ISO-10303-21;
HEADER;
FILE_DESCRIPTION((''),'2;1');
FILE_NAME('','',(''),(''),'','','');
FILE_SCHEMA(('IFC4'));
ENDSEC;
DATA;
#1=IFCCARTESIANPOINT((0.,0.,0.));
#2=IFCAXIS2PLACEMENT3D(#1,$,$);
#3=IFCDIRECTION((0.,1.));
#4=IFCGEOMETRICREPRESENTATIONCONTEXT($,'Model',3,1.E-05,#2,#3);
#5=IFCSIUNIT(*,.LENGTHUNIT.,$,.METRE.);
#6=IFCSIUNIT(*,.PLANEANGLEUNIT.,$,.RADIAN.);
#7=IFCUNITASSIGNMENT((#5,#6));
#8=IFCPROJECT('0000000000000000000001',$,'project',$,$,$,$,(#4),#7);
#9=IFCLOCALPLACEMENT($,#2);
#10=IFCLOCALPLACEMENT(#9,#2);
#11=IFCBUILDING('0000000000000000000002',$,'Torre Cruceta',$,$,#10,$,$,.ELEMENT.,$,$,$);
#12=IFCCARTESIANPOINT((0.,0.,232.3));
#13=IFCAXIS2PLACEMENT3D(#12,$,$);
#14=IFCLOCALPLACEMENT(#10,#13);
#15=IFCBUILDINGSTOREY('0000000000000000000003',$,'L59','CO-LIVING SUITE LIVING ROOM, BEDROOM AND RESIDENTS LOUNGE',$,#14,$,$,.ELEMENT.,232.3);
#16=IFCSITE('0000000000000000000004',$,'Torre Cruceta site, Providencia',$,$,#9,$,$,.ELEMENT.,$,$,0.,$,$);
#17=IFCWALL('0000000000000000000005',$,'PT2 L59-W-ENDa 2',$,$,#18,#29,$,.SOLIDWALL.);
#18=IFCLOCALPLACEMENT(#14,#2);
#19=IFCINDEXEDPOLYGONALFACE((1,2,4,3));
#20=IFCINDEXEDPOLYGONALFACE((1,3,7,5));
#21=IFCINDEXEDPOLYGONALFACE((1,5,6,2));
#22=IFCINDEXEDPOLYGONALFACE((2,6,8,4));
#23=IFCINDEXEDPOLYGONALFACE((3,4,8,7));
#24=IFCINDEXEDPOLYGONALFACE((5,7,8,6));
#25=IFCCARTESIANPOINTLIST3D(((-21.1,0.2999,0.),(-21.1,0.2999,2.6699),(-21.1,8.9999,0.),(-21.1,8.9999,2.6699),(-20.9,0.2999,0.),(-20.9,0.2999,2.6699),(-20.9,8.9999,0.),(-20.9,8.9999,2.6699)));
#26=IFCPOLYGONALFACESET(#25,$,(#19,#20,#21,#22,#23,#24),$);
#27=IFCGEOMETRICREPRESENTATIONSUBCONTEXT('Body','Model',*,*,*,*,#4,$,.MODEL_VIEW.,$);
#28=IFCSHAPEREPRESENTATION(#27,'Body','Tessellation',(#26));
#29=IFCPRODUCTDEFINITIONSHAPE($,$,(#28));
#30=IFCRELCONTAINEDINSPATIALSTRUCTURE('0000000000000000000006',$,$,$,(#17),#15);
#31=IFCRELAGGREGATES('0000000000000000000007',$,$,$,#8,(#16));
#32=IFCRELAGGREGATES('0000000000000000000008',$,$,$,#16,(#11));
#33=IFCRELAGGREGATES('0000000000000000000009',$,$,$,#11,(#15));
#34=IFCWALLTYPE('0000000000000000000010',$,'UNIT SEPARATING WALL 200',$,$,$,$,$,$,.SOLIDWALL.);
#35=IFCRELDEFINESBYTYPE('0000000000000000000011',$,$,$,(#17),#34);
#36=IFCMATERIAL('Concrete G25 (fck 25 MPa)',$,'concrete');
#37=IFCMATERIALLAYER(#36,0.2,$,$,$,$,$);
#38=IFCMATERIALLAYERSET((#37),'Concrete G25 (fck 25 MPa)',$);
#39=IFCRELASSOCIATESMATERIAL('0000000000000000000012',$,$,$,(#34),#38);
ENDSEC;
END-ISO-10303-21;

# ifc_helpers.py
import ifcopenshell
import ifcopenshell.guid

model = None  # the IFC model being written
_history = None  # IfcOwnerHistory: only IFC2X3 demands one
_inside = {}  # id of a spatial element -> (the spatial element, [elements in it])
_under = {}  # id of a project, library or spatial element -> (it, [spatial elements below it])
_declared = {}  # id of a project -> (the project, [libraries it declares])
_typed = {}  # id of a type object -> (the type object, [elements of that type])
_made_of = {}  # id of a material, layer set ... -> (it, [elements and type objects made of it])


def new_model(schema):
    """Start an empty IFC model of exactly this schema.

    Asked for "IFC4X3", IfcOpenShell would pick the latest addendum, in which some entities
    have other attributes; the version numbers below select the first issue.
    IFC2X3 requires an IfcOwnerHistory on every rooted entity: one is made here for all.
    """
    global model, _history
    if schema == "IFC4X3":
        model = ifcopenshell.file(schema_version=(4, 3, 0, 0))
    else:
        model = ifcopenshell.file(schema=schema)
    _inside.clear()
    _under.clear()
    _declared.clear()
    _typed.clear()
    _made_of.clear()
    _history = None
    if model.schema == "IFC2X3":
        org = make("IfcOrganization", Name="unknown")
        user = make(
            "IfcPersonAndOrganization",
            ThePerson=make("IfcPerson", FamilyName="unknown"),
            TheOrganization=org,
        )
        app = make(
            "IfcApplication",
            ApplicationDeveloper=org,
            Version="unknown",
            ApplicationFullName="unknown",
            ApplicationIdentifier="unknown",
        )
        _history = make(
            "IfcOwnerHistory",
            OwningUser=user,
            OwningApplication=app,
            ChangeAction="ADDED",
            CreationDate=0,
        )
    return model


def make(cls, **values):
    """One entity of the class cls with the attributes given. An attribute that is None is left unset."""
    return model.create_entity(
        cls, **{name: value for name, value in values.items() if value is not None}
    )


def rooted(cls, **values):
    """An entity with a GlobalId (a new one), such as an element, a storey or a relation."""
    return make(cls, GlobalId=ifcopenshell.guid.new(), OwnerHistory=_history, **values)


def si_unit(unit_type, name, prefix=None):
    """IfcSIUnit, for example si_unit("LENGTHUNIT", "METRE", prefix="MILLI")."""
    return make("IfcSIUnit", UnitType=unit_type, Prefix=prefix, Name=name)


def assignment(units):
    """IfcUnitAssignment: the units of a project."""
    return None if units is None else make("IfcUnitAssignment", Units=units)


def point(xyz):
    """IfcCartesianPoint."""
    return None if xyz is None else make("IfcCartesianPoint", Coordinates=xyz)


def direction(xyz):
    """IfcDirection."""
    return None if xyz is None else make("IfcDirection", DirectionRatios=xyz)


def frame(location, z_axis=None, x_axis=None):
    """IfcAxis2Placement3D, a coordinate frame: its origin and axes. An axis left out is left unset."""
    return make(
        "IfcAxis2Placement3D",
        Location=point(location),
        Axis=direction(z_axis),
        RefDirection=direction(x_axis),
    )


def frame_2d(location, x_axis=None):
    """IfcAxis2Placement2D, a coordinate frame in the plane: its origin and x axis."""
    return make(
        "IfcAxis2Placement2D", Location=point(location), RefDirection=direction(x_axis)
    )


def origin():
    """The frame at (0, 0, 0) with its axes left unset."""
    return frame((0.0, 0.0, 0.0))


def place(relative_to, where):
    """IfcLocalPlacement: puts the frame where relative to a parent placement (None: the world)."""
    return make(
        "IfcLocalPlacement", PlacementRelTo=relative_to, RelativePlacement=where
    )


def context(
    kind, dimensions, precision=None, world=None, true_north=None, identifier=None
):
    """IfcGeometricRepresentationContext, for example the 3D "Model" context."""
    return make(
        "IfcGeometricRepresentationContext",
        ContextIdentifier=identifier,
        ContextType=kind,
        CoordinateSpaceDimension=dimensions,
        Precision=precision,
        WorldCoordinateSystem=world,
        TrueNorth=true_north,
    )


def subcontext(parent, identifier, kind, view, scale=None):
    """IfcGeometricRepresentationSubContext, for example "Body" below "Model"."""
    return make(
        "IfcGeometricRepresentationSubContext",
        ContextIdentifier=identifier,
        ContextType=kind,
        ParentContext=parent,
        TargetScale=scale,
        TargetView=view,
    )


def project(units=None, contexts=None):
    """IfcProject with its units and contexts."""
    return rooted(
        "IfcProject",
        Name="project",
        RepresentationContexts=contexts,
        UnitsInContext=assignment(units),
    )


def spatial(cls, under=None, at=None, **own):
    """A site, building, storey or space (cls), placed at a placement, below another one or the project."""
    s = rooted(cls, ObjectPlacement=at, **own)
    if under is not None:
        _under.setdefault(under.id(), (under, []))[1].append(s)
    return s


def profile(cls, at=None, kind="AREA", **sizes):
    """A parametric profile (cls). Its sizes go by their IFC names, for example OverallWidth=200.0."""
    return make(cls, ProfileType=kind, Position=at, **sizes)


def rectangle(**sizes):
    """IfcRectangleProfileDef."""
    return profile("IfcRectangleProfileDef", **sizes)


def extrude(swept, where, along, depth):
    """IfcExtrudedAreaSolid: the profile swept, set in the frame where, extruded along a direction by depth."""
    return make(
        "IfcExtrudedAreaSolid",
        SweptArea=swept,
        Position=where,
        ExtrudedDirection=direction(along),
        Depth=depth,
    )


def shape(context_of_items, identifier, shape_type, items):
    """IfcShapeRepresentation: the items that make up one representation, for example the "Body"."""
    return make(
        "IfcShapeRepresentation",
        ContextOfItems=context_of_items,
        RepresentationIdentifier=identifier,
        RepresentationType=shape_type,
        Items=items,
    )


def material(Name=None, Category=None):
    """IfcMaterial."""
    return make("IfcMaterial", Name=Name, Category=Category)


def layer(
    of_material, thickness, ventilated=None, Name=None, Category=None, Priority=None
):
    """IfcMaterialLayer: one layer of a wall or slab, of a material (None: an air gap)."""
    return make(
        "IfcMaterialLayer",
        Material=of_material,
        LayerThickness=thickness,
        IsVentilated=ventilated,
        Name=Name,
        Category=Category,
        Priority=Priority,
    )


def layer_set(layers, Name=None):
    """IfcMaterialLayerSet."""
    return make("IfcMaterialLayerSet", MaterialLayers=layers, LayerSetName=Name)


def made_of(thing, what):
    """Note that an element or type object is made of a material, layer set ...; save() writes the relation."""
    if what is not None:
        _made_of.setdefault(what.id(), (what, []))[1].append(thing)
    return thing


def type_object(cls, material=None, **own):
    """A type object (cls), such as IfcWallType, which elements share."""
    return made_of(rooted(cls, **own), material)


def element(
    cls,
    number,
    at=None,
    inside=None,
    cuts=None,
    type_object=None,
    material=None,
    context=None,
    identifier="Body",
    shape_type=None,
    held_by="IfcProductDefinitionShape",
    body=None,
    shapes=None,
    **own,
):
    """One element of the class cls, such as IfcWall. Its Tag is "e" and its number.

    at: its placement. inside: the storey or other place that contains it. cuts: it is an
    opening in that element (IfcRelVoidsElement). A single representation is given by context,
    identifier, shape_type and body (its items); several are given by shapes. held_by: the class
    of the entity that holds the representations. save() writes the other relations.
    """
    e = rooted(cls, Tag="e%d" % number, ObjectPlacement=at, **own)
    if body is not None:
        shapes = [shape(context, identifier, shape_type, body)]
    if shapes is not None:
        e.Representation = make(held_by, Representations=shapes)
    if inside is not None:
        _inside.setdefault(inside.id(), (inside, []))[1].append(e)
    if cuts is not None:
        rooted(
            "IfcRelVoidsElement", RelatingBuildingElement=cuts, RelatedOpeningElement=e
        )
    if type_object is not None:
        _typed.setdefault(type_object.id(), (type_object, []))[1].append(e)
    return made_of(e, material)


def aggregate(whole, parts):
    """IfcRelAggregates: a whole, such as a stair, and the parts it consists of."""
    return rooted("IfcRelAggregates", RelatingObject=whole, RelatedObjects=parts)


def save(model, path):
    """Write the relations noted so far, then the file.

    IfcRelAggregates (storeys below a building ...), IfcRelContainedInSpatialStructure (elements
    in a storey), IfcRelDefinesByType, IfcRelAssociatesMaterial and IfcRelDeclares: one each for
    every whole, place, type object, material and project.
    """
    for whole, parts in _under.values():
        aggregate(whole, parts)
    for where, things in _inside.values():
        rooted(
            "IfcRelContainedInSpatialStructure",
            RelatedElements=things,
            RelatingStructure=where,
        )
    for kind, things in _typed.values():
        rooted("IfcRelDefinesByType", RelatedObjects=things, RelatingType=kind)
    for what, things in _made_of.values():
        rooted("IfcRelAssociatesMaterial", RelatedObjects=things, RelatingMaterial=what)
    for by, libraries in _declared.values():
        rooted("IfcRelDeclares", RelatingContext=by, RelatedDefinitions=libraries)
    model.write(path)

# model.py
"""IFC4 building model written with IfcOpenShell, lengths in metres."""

from ifc_helpers import new_model, si_unit, direction, frame, frame_2d, origin, place, context, subcontext, project, spatial, rectangle, extrude, material, layer, layer_set, type_object, element, save


model = new_model("IFC4")

# Units and contexts
model_context = context("Model", 3, precision=1e-05, world=origin(), true_north=direction((0.0, 1.0)))
body_context = subcontext(model_context, "Body", "Model", "MODEL_VIEW")
ifc_project = project(units=[si_unit("LENGTHUNIT", "METRE"), si_unit("PLANEANGLEUNIT", "RADIAN")], contexts=[model_context])

# Site, building, storey
site_placement = place(None, origin())
site = spatial("IfcSite", under=ifc_project, at=site_placement, Name="Torre Cruceta site, Providencia", CompositionType="ELEMENT", RefElevation=0.0)
building_placement = place(site_placement, origin())
building = spatial("IfcBuilding", under=site, at=building_placement, Name="Torre Cruceta", CompositionType="ELEMENT")
storey_placement = place(building_placement, frame((0.0, 0.0, 232.3)))
storey = spatial("IfcBuildingStorey", under=building, at=storey_placement, Name="L59", Description="CO-LIVING SUITE LIVING ROOM, BEDROOM AND RESIDENTS LOUNGE", CompositionType="ELEMENT", Elevation=232.3)

# Wall
ifc_material_1 = material(Name="Concrete G25 (fck 25 MPa)", Category="concrete")
ifc_layer_1 = layer(ifc_material_1, 0.2)
ifc_layer_set_1 = layer_set([ifc_layer_1], Name="Concrete G25 (fck 25 MPa)")
wall_type_1 = type_object("IfcWallType", Name="UNIT SEPARATING WALL 200", PredefinedType="SOLIDWALL", material=ifc_layer_set_1)
wall_1_placement = place(storey_placement, frame((-21.0, 9.0, 0.0), z_axis=(0.0, 0.0, 1.0), x_axis=(0.0, -1.0, 0.0)))
element("IfcWall", 1, at=wall_1_placement, inside=storey, type_object=wall_type_1, Name="PT2 L59-W-ENDa 2", PredefinedType="SOLIDWALL", context=body_context, shape_type="SweptSolid", body=[
    extrude(rectangle(XDim=8.7, YDim=0.2, at=frame_2d((4.3501, 0.0))), origin(), (0.0, 0.0, 1.0), 2.6699),
])

save(model, "model.ifc")
